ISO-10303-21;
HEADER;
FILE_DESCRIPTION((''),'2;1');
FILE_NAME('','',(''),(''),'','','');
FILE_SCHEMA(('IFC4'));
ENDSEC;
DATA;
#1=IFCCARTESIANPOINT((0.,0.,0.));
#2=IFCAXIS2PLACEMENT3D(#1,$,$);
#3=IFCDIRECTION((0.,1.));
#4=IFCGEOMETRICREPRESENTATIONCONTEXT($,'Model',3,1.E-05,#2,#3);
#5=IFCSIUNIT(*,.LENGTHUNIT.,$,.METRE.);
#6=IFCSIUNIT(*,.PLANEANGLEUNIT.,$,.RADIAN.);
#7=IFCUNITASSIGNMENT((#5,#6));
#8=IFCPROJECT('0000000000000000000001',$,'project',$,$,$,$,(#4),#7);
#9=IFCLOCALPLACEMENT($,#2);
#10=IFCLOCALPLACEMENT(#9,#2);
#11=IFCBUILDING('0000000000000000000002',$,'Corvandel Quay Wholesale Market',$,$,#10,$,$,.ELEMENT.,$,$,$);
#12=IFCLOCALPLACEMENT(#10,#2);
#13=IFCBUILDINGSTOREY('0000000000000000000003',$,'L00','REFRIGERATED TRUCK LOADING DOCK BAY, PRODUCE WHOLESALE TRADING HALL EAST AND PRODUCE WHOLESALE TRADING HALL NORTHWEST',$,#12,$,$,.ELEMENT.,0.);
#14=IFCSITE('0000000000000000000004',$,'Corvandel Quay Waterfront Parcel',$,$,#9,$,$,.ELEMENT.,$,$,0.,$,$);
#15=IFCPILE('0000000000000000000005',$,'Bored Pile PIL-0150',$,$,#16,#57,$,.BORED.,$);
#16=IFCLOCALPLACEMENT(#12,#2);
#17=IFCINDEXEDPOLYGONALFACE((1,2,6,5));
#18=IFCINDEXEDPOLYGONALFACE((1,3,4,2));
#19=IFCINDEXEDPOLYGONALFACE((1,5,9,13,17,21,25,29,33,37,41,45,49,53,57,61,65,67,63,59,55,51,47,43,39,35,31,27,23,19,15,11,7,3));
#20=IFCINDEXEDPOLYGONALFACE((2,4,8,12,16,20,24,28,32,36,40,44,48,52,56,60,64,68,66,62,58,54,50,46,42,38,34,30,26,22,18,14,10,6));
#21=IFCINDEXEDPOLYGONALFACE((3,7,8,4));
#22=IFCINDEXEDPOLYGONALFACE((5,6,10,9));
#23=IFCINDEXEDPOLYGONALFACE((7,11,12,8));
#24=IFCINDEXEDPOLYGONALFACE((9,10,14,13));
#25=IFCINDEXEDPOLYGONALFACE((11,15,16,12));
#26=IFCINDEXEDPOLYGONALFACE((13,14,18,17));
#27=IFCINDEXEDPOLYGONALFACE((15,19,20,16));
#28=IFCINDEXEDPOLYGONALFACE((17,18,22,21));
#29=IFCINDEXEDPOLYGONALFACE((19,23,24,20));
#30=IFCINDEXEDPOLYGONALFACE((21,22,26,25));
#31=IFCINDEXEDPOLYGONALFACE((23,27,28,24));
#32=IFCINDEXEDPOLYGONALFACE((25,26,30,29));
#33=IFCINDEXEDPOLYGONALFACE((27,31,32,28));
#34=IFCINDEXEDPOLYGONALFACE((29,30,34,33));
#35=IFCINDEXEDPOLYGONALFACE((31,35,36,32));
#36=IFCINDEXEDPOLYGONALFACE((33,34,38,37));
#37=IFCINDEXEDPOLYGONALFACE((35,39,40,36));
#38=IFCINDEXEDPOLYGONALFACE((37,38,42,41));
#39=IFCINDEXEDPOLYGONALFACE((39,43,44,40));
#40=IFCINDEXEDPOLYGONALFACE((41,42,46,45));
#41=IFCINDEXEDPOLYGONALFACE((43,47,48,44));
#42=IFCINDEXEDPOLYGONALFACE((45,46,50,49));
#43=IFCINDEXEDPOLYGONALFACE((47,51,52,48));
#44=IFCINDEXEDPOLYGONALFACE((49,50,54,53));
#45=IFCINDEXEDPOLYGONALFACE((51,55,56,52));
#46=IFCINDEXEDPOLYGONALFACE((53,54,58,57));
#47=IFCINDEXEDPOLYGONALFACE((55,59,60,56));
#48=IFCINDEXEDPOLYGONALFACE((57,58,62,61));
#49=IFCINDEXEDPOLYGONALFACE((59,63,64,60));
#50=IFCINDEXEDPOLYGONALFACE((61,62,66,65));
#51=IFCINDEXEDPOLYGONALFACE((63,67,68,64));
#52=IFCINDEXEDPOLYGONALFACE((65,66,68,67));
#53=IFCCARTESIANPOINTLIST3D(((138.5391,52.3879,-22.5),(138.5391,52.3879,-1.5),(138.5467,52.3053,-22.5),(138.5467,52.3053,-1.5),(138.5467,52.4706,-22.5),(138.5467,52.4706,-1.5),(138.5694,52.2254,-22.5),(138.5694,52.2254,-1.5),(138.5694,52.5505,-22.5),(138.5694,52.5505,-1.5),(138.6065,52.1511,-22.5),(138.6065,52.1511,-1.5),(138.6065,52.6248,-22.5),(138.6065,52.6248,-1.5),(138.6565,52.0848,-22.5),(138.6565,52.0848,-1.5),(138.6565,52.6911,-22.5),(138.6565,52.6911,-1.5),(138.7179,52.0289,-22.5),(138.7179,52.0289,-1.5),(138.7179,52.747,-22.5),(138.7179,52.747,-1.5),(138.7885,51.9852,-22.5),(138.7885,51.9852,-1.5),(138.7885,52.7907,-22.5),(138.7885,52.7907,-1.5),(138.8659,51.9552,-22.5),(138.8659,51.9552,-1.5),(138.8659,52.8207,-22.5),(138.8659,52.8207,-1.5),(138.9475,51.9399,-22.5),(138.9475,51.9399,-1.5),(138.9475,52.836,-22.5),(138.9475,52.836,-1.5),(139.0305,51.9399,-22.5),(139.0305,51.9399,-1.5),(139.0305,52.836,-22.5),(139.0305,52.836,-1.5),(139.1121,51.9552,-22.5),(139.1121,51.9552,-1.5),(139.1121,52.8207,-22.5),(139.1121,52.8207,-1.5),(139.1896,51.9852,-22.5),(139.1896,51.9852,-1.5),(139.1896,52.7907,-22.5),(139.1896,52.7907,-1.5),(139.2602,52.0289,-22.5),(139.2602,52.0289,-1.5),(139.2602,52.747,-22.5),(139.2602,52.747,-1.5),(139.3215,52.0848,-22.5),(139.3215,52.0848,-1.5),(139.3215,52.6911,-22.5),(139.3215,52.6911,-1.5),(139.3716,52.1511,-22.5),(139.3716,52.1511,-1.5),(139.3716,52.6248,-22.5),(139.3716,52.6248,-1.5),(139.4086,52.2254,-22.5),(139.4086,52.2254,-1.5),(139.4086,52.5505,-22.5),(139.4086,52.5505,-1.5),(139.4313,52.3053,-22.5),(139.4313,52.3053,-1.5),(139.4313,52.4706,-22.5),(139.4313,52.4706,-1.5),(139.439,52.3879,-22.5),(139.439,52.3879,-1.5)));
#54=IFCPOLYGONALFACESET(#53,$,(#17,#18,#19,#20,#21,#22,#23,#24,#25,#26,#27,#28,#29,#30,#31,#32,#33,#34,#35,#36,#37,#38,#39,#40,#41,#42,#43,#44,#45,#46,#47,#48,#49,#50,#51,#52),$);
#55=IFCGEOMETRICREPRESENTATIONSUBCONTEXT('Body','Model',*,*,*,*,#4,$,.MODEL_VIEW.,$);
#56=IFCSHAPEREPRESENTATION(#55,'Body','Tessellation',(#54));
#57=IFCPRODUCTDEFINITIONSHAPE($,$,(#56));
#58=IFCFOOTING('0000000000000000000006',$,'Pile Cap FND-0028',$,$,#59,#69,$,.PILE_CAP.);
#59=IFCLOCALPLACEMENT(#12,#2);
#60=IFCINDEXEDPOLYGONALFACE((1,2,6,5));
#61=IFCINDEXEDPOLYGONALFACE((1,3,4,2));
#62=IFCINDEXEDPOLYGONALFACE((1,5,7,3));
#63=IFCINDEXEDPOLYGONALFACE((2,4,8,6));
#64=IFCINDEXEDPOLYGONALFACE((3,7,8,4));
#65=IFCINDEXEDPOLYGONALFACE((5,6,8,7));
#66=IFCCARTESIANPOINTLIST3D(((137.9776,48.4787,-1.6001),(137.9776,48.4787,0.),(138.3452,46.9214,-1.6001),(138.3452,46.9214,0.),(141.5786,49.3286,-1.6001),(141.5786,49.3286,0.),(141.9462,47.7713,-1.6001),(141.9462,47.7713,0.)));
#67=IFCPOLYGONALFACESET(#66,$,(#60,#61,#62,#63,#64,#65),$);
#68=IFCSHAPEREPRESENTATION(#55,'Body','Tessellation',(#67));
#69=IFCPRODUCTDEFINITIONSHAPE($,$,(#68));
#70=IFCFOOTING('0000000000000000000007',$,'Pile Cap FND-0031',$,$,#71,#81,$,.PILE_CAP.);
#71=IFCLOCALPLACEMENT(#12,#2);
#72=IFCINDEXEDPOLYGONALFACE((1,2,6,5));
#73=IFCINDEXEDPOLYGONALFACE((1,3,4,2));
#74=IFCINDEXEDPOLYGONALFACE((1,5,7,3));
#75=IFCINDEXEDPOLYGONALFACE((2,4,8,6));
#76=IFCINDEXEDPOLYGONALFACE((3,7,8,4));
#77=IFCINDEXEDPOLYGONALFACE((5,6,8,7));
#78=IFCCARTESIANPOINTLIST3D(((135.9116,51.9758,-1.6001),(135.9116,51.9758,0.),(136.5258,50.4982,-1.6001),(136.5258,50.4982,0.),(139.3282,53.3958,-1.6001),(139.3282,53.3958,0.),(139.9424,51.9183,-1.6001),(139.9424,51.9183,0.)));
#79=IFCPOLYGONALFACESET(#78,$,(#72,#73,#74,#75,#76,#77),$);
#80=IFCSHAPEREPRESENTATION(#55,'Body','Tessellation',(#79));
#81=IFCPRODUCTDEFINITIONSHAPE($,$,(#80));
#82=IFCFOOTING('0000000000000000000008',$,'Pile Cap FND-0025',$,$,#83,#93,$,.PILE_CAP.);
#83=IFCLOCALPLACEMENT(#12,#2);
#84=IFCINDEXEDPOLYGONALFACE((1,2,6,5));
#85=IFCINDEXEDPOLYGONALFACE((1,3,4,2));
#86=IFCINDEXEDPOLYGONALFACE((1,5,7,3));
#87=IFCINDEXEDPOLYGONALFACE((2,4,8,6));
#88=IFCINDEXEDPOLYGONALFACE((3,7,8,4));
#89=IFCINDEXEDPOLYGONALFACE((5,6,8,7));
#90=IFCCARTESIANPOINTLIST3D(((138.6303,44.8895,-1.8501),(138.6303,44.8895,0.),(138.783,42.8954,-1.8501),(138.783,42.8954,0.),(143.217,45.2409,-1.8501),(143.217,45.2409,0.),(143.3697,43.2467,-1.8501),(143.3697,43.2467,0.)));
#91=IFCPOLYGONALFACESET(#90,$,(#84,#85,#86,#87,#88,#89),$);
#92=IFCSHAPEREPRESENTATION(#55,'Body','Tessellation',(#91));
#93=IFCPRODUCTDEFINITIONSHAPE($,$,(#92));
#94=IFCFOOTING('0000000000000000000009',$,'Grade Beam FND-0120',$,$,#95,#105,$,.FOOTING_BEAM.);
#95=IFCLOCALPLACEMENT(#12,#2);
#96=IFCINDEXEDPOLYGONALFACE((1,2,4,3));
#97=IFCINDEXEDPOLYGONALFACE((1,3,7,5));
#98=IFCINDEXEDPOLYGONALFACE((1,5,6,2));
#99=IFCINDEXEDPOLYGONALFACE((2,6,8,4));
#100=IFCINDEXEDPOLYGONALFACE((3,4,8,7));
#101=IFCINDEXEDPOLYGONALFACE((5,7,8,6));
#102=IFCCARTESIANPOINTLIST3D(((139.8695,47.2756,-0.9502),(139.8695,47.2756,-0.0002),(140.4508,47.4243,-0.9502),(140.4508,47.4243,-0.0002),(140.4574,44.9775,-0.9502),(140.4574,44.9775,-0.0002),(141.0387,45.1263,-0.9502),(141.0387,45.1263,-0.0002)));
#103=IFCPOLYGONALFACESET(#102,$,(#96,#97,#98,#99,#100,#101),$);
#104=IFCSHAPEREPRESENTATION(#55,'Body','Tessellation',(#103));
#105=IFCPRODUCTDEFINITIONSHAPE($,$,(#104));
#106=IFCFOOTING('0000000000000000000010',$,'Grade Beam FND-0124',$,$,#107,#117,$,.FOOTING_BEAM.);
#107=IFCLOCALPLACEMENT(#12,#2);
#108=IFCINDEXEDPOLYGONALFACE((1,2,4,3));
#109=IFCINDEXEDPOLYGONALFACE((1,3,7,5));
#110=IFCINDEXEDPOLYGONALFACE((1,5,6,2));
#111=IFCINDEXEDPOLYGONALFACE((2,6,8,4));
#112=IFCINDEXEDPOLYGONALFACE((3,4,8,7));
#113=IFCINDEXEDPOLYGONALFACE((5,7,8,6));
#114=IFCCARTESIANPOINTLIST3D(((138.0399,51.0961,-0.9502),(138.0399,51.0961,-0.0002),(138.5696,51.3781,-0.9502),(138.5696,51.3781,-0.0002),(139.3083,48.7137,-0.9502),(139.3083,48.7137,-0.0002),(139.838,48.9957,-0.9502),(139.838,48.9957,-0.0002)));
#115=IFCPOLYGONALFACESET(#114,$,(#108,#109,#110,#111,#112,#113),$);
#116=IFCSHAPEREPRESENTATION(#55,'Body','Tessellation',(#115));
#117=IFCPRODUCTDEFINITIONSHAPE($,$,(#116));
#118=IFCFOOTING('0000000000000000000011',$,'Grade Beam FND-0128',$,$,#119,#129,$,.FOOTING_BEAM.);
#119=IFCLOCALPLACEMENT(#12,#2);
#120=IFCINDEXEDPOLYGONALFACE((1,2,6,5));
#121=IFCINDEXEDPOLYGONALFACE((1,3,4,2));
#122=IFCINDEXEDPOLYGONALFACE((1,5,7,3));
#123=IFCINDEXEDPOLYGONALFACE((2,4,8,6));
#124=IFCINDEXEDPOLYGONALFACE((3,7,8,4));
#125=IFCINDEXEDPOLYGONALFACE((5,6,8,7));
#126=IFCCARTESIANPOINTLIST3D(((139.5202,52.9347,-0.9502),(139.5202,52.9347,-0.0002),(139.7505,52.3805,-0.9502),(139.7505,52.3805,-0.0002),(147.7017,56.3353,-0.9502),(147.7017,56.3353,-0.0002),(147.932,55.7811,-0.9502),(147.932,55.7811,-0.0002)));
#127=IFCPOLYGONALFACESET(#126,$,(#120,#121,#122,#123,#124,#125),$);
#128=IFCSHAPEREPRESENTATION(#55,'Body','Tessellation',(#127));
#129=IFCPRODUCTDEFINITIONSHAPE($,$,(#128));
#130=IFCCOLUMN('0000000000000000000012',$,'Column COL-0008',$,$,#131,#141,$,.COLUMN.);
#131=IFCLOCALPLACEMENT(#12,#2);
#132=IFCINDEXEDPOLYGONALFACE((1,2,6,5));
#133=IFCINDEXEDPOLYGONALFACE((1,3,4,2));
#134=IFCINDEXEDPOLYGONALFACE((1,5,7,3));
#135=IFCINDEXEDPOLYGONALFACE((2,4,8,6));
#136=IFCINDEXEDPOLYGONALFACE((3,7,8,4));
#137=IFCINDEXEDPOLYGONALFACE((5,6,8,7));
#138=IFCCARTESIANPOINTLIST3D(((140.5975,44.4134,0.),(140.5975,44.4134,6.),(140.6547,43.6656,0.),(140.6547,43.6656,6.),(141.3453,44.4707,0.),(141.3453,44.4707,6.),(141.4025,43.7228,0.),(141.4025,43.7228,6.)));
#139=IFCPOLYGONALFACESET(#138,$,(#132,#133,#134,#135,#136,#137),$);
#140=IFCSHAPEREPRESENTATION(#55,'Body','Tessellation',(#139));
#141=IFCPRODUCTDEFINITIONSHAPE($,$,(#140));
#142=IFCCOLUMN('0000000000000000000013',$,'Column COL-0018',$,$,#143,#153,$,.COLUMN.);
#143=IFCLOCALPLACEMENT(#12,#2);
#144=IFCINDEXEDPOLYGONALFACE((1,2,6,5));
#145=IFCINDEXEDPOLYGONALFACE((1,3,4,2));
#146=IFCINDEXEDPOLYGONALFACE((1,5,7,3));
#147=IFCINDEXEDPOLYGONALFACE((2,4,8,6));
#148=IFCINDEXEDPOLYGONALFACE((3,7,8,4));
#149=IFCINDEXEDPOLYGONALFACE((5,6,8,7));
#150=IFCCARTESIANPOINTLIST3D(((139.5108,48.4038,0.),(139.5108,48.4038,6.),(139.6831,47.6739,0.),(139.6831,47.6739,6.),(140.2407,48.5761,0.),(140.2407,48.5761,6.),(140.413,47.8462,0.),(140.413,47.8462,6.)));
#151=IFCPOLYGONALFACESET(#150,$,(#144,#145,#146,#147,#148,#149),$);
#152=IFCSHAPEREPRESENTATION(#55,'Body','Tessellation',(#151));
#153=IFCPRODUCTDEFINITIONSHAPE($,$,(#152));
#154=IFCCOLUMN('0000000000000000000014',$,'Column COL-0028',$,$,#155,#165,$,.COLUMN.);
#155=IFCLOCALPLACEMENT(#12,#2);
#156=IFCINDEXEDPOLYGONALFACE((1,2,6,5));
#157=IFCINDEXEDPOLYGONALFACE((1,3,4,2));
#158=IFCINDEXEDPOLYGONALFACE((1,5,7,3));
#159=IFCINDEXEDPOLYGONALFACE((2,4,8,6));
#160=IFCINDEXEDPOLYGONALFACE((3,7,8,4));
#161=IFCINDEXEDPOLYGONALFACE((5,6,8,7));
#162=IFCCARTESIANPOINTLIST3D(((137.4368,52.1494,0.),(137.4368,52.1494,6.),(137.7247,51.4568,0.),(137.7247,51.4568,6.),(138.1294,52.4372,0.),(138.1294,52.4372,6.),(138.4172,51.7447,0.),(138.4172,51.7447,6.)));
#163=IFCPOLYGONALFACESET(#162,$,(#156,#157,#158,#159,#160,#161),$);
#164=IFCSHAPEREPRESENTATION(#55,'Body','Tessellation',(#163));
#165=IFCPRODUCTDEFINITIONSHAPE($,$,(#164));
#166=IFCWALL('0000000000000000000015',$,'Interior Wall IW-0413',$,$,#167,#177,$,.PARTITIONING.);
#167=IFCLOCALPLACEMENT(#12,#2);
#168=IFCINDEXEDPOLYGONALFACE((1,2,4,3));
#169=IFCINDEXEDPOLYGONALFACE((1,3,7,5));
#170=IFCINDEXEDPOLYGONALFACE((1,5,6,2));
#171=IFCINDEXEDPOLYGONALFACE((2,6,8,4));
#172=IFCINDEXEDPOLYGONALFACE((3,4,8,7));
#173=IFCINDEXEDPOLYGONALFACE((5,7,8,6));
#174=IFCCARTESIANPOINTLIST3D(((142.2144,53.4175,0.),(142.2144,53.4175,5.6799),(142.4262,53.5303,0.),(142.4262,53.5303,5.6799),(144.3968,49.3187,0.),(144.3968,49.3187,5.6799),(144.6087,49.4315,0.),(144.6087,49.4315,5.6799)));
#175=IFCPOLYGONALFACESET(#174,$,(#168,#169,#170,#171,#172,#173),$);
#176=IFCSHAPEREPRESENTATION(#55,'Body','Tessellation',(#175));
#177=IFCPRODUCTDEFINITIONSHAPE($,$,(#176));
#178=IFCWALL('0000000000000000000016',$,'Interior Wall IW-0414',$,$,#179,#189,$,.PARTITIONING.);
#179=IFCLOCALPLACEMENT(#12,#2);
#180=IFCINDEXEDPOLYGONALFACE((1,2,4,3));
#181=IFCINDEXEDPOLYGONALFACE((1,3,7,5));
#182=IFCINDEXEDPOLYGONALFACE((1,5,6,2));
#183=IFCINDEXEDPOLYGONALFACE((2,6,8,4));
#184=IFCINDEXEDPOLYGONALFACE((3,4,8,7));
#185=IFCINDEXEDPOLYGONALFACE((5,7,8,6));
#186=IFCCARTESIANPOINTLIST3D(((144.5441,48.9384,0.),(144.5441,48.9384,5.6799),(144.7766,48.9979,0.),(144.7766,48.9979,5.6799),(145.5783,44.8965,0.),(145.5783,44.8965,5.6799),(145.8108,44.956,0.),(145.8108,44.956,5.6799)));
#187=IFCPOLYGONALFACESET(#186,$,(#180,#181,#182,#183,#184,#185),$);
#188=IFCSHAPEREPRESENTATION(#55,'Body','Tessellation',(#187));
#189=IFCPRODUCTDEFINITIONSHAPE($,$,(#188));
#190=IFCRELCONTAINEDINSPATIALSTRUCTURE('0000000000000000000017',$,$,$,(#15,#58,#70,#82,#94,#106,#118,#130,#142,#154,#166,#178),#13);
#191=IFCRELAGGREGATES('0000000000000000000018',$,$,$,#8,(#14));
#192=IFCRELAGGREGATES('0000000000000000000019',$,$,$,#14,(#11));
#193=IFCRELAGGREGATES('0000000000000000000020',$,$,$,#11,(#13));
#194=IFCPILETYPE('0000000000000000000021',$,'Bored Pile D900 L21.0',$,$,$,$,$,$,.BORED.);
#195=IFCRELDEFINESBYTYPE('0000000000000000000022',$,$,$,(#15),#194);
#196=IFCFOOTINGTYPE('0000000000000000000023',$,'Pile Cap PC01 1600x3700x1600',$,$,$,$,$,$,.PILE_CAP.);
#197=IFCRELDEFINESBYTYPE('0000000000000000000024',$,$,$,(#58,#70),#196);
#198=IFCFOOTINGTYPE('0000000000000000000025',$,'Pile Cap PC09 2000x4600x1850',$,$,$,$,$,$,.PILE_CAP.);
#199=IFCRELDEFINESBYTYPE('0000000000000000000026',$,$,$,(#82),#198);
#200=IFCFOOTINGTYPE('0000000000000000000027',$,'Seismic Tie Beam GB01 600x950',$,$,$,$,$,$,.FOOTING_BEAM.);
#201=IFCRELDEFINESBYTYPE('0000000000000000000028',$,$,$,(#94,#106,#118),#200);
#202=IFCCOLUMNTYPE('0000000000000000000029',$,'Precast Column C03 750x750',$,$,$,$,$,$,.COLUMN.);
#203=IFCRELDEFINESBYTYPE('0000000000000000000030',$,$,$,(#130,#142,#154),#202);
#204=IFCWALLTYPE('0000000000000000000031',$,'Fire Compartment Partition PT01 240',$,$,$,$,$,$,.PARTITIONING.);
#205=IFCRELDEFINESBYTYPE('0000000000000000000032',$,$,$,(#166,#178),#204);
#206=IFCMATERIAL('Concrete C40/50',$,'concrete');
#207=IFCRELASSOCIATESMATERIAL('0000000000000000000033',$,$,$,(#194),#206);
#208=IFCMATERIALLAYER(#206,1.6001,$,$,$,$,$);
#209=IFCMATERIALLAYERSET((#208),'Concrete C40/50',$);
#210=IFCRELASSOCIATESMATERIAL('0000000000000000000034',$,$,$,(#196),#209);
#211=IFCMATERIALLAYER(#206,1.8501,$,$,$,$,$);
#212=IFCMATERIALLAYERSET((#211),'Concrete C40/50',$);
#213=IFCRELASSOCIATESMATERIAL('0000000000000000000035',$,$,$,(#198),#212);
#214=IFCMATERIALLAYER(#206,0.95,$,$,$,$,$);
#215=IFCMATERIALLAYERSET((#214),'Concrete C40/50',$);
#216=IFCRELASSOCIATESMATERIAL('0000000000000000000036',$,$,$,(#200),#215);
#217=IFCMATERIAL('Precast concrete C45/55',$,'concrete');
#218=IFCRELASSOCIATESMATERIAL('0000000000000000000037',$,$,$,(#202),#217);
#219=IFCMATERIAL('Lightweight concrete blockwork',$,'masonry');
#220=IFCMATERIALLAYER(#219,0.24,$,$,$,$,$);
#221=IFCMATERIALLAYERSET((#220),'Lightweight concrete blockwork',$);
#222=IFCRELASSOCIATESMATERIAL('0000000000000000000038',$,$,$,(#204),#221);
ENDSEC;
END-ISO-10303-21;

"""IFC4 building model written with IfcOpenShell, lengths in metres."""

from ifc_helpers import new_model, si_unit, direction, frame, frame_2d, origin, origin_2d, place, context, subcontext, project, spatial, rectangle, circle, extrude, material, layer, layer_set, material_profile, profile_set, type_object, element, save


model = new_model("IFC4")

# Units and contexts
model_context = context("Model", 3, precision=1e-05, world=origin(), true_north=direction((0.0, 1.0)))
body_context = subcontext(model_context, "Body", "Model", "MODEL_VIEW")
ifc_project = project(units=[si_unit("LENGTHUNIT", "METRE"), si_unit("PLANEANGLEUNIT", "RADIAN")], contexts=[model_context])

# Site, building, storey
site_placement = place(None, origin())
site = spatial("IfcSite", under=ifc_project, at=site_placement, Name="Corvandel Quay Waterfront Parcel", CompositionType="ELEMENT", RefElevation=0.0)
building_placement = place(site_placement, origin())
building = spatial("IfcBuilding", under=site, at=building_placement, Name="Corvandel Quay Wholesale Market", CompositionType="ELEMENT")
storey_placement = place(building_placement, origin())
storey = spatial("IfcBuildingStorey", under=building, at=storey_placement, Name="L00", Description="REFRIGERATED TRUCK LOADING DOCK BAY, PRODUCE WHOLESALE TRADING HALL EAST AND PRODUCE WHOLESALE TRADING HALL NORTHWEST", CompositionType="ELEMENT", Elevation=0.0)

# Pile
ifc_material_1 = material(Name="Concrete C40/50", Category="concrete")
ifc_material_profile_1 = material_profile(ifc_material_1, circle(Radius=0.45, at=origin_2d()), Name="RC-PILE-D900")
ifc_profile_set_1 = profile_set([ifc_material_profile_1], Name="Concrete C40/50")
pile_type_1 = type_object("IfcPileType", Name="Bored Pile D900 L21.0", PredefinedType="BORED", material=ifc_profile_set_1)
for number, where, z_axis, x_axis, name in (
    (1, (138.989, 52.3879, -1.5), (0.0, 0.0, -1.0), (1.0, 0.0, 0.0), "Bored Pile PIL-0150"),
):
    element("IfcPile", number, at=place(storey_placement, frame(where, z_axis=z_axis, x_axis=x_axis)), inside=storey, type_object=pile_type_1, Name=name, PredefinedType="BORED", context=body_context, shape_type="SweptSolid", body=[
        extrude(circle(Radius=0.45, at=origin_2d()), origin(), (0.0, 0.0, 1.0), 21.0),
    ])

# Footings
ifc_layer_1 = layer(ifc_material_1, 1.6001)
ifc_layer_set_1 = layer_set([ifc_layer_1], Name="Concrete C40/50")
footing_type_1 = type_object("IfcFootingType", Name="Pile Cap PC01 1600x3700x1600", PredefinedType="PILE_CAP", material=ifc_layer_set_1)
for number, where, z_axis, x_axis, name in (
    (2, (139.9619, 48.125, -1.6001), (0.0, 0.0, 1.0), (-0.22971, 0.973259, 0.0), "Pile Cap FND-0028"),
    (3, (137.927, 51.947, -1.6001), (0.0, 0.0, 1.0), (-0.383812, 0.923411, 0.0), "Pile Cap FND-0031"),
):
    element("IfcFooting", number, at=place(storey_placement, frame(where, z_axis=z_axis, x_axis=x_axis)), inside=storey, type_object=footing_type_1, Name=name, PredefinedType="PILE_CAP", context=body_context, shape_type="SweptSolid", body=[
        extrude(rectangle(XDim=1.6001, YDim=3.7, at=origin_2d()), origin(), (0.0, 0.0, 1.0), 1.6001),
    ])
ifc_layer_2 = layer(ifc_material_1, 1.8501)
ifc_layer_set_2 = layer_set([ifc_layer_2], Name="Concrete C40/50")
footing_type_2 = type_object("IfcFootingType", Name="Pile Cap PC09 2000x4600x1850", PredefinedType="PILE_CAP", material=ifc_layer_set_2)
footing_1_placement = place(storey_placement, frame((141.0, 44.0681, -1.8501), z_axis=(0.0, 0.0, 1.0), x_axis=(-0.076371, 0.997079, 0.0)))
element("IfcFooting", 4, at=footing_1_placement, inside=storey, type_object=footing_type_2, Name="Pile Cap FND-0025", PredefinedType="PILE_CAP", context=body_context, shape_type="SweptSolid", body=[
    extrude(rectangle(XDim=2.0, YDim=4.6001, at=origin_2d()), origin(), (0.0, 0.0, 1.0), 1.8501),
])
ifc_layer_3 = layer(ifc_material_1, 0.95)
ifc_layer_set_3 = layer_set([ifc_layer_3], Name="Concrete C40/50")
footing_type_3 = type_object("IfcFootingType", Name="Seismic Tie Beam GB01 600x950", PredefinedType="FOOTING_BEAM", material=ifc_layer_set_3)
footing_2_placement = place(storey_placement, frame((140.4541, 46.2009, -0.9502), z_axis=(0.0, 0.0, 1.0), x_axis=(-0.247845, 0.9688, 0.0)))
element("IfcFooting", 5, at=footing_2_placement, inside=storey, type_object=footing_type_3, Name="Grade Beam FND-0120", PredefinedType="FOOTING_BEAM", context=body_context, shape_type="SweptSolid", body=[
    extrude(rectangle(XDim=2.3721, YDim=0.6001, at=origin_2d()), origin(), (0.0, 0.0, 1.0), 0.95),
])
footing_3_placement = place(storey_placement, frame((138.939, 50.0459, -0.9502), z_axis=(0.0, 0.0, 1.0), x_axis=(-0.469934, 0.882702, 0.0)))
element("IfcFooting", 6, at=footing_3_placement, inside=storey, type_object=footing_type_3, Name="Grade Beam FND-0124", PredefinedType="FOOTING_BEAM", context=body_context, shape_type="SweptSolid", body=[
    extrude(rectangle(XDim=2.699, YDim=0.6001, at=origin_2d()), origin(), (0.0, 0.0, 1.0), 0.95),
])
footing_4_placement = place(storey_placement, frame((143.7261, 54.3579, -0.9502), z_axis=(0.0, 0.0, 1.0), x_axis=(0.923411, 0.383812, 0.0)))
element("IfcFooting", 7, at=footing_4_placement, inside=storey, type_object=footing_type_3, Name="Grade Beam FND-0128", PredefinedType="FOOTING_BEAM", context=body_context, shape_type="SweptSolid", body=[
    extrude(rectangle(XDim=8.8601, YDim=0.6001, at=origin_2d()), origin(), (0.0, 0.0, 1.0), 0.95),
])

# Columns
ifc_material_2 = material(Name="Precast concrete C45/55", Category="concrete")
ifc_material_profile_2 = material_profile(ifc_material_2, rectangle(XDim=0.75, YDim=0.75, at=origin_2d()), Name="PC-COL-750x750")
ifc_profile_set_2 = profile_set([ifc_material_profile_2], Name="Precast concrete C45/55")
column_type = type_object("IfcColumnType", Name="Precast Column C03 750x750", PredefinedType="COLUMN", material=ifc_profile_set_2)
for number, where, z_axis, x_axis, name in (
    (8, (141.0, 44.0681, 0.0), (0.0, 0.0, 1.0), (-0.076371, 0.997079, 0.0), "Column COL-0008"),
    (9, (139.9619, 48.125, 0.0), (0.0, 0.0, 1.0), (-0.22971, 0.973259, 0.0), "Column COL-0018"),
    (10, (137.927, 51.947, 0.0), (0.0, 0.0, 1.0), (-0.383812, 0.923411, 0.0), "Column COL-0028"),
):
    element("IfcColumn", number, at=place(storey_placement, frame(where, z_axis=z_axis, x_axis=x_axis)), inside=storey, type_object=column_type, Name=name, PredefinedType="COLUMN", context=body_context, shape_type="SweptSolid", body=[
        extrude(rectangle(XDim=0.75, YDim=0.75, at=origin_2d()), origin(), (0.0, 0.0, 1.0), 6.0),
    ])

# Walls
ifc_material_3 = material(Name="Lightweight concrete blockwork", Category="masonry")
ifc_layer_4 = layer(ifc_material_3, 0.24)
ifc_layer_set_4 = layer_set([ifc_layer_4], Name="Lightweight concrete blockwork")
wall_type_1 = type_object("IfcWallType", Name="Fire Compartment Partition PT01 240", PredefinedType="PARTITIONING", material=ifc_layer_set_4)
wall_1_placement = place(storey_placement, frame((142.3203, 53.4739, 0.0), z_axis=(0.0, 0.0, 1.0), x_axis=(0.46999, -0.882671, 0.0)))
element("IfcWall", 11, at=wall_1_placement, inside=storey, type_object=wall_type_1, Name="Interior Wall IW-0413", PredefinedType="PARTITIONING", context=body_context, shape_type="SweptSolid", body=[
    extrude(rectangle(XDim=4.6436, YDim=0.24, at=frame_2d((2.3218, 0.0))), origin(), (0.0, 0.0, 1.0), 5.6799),
])
wall_2_placement = place(storey_placement, frame((144.6604, 48.968, 0.0), z_axis=(0.0, 0.0, 1.0), x_axis=(0.247874, -0.968792, 0.0)))
element("IfcWall", 12, at=wall_2_placement, inside=storey, type_object=wall_type_1, Name="Interior Wall IW-0414", PredefinedType="PARTITIONING", context=body_context, shape_type="SweptSolid", body=[
    extrude(rectangle(XDim=4.1721, YDim=0.24, at=frame_2d((2.0859, 0.0))), origin(), (0.0, 0.0, 1.0), 5.6799),
])

save(model, "model.ifc")
